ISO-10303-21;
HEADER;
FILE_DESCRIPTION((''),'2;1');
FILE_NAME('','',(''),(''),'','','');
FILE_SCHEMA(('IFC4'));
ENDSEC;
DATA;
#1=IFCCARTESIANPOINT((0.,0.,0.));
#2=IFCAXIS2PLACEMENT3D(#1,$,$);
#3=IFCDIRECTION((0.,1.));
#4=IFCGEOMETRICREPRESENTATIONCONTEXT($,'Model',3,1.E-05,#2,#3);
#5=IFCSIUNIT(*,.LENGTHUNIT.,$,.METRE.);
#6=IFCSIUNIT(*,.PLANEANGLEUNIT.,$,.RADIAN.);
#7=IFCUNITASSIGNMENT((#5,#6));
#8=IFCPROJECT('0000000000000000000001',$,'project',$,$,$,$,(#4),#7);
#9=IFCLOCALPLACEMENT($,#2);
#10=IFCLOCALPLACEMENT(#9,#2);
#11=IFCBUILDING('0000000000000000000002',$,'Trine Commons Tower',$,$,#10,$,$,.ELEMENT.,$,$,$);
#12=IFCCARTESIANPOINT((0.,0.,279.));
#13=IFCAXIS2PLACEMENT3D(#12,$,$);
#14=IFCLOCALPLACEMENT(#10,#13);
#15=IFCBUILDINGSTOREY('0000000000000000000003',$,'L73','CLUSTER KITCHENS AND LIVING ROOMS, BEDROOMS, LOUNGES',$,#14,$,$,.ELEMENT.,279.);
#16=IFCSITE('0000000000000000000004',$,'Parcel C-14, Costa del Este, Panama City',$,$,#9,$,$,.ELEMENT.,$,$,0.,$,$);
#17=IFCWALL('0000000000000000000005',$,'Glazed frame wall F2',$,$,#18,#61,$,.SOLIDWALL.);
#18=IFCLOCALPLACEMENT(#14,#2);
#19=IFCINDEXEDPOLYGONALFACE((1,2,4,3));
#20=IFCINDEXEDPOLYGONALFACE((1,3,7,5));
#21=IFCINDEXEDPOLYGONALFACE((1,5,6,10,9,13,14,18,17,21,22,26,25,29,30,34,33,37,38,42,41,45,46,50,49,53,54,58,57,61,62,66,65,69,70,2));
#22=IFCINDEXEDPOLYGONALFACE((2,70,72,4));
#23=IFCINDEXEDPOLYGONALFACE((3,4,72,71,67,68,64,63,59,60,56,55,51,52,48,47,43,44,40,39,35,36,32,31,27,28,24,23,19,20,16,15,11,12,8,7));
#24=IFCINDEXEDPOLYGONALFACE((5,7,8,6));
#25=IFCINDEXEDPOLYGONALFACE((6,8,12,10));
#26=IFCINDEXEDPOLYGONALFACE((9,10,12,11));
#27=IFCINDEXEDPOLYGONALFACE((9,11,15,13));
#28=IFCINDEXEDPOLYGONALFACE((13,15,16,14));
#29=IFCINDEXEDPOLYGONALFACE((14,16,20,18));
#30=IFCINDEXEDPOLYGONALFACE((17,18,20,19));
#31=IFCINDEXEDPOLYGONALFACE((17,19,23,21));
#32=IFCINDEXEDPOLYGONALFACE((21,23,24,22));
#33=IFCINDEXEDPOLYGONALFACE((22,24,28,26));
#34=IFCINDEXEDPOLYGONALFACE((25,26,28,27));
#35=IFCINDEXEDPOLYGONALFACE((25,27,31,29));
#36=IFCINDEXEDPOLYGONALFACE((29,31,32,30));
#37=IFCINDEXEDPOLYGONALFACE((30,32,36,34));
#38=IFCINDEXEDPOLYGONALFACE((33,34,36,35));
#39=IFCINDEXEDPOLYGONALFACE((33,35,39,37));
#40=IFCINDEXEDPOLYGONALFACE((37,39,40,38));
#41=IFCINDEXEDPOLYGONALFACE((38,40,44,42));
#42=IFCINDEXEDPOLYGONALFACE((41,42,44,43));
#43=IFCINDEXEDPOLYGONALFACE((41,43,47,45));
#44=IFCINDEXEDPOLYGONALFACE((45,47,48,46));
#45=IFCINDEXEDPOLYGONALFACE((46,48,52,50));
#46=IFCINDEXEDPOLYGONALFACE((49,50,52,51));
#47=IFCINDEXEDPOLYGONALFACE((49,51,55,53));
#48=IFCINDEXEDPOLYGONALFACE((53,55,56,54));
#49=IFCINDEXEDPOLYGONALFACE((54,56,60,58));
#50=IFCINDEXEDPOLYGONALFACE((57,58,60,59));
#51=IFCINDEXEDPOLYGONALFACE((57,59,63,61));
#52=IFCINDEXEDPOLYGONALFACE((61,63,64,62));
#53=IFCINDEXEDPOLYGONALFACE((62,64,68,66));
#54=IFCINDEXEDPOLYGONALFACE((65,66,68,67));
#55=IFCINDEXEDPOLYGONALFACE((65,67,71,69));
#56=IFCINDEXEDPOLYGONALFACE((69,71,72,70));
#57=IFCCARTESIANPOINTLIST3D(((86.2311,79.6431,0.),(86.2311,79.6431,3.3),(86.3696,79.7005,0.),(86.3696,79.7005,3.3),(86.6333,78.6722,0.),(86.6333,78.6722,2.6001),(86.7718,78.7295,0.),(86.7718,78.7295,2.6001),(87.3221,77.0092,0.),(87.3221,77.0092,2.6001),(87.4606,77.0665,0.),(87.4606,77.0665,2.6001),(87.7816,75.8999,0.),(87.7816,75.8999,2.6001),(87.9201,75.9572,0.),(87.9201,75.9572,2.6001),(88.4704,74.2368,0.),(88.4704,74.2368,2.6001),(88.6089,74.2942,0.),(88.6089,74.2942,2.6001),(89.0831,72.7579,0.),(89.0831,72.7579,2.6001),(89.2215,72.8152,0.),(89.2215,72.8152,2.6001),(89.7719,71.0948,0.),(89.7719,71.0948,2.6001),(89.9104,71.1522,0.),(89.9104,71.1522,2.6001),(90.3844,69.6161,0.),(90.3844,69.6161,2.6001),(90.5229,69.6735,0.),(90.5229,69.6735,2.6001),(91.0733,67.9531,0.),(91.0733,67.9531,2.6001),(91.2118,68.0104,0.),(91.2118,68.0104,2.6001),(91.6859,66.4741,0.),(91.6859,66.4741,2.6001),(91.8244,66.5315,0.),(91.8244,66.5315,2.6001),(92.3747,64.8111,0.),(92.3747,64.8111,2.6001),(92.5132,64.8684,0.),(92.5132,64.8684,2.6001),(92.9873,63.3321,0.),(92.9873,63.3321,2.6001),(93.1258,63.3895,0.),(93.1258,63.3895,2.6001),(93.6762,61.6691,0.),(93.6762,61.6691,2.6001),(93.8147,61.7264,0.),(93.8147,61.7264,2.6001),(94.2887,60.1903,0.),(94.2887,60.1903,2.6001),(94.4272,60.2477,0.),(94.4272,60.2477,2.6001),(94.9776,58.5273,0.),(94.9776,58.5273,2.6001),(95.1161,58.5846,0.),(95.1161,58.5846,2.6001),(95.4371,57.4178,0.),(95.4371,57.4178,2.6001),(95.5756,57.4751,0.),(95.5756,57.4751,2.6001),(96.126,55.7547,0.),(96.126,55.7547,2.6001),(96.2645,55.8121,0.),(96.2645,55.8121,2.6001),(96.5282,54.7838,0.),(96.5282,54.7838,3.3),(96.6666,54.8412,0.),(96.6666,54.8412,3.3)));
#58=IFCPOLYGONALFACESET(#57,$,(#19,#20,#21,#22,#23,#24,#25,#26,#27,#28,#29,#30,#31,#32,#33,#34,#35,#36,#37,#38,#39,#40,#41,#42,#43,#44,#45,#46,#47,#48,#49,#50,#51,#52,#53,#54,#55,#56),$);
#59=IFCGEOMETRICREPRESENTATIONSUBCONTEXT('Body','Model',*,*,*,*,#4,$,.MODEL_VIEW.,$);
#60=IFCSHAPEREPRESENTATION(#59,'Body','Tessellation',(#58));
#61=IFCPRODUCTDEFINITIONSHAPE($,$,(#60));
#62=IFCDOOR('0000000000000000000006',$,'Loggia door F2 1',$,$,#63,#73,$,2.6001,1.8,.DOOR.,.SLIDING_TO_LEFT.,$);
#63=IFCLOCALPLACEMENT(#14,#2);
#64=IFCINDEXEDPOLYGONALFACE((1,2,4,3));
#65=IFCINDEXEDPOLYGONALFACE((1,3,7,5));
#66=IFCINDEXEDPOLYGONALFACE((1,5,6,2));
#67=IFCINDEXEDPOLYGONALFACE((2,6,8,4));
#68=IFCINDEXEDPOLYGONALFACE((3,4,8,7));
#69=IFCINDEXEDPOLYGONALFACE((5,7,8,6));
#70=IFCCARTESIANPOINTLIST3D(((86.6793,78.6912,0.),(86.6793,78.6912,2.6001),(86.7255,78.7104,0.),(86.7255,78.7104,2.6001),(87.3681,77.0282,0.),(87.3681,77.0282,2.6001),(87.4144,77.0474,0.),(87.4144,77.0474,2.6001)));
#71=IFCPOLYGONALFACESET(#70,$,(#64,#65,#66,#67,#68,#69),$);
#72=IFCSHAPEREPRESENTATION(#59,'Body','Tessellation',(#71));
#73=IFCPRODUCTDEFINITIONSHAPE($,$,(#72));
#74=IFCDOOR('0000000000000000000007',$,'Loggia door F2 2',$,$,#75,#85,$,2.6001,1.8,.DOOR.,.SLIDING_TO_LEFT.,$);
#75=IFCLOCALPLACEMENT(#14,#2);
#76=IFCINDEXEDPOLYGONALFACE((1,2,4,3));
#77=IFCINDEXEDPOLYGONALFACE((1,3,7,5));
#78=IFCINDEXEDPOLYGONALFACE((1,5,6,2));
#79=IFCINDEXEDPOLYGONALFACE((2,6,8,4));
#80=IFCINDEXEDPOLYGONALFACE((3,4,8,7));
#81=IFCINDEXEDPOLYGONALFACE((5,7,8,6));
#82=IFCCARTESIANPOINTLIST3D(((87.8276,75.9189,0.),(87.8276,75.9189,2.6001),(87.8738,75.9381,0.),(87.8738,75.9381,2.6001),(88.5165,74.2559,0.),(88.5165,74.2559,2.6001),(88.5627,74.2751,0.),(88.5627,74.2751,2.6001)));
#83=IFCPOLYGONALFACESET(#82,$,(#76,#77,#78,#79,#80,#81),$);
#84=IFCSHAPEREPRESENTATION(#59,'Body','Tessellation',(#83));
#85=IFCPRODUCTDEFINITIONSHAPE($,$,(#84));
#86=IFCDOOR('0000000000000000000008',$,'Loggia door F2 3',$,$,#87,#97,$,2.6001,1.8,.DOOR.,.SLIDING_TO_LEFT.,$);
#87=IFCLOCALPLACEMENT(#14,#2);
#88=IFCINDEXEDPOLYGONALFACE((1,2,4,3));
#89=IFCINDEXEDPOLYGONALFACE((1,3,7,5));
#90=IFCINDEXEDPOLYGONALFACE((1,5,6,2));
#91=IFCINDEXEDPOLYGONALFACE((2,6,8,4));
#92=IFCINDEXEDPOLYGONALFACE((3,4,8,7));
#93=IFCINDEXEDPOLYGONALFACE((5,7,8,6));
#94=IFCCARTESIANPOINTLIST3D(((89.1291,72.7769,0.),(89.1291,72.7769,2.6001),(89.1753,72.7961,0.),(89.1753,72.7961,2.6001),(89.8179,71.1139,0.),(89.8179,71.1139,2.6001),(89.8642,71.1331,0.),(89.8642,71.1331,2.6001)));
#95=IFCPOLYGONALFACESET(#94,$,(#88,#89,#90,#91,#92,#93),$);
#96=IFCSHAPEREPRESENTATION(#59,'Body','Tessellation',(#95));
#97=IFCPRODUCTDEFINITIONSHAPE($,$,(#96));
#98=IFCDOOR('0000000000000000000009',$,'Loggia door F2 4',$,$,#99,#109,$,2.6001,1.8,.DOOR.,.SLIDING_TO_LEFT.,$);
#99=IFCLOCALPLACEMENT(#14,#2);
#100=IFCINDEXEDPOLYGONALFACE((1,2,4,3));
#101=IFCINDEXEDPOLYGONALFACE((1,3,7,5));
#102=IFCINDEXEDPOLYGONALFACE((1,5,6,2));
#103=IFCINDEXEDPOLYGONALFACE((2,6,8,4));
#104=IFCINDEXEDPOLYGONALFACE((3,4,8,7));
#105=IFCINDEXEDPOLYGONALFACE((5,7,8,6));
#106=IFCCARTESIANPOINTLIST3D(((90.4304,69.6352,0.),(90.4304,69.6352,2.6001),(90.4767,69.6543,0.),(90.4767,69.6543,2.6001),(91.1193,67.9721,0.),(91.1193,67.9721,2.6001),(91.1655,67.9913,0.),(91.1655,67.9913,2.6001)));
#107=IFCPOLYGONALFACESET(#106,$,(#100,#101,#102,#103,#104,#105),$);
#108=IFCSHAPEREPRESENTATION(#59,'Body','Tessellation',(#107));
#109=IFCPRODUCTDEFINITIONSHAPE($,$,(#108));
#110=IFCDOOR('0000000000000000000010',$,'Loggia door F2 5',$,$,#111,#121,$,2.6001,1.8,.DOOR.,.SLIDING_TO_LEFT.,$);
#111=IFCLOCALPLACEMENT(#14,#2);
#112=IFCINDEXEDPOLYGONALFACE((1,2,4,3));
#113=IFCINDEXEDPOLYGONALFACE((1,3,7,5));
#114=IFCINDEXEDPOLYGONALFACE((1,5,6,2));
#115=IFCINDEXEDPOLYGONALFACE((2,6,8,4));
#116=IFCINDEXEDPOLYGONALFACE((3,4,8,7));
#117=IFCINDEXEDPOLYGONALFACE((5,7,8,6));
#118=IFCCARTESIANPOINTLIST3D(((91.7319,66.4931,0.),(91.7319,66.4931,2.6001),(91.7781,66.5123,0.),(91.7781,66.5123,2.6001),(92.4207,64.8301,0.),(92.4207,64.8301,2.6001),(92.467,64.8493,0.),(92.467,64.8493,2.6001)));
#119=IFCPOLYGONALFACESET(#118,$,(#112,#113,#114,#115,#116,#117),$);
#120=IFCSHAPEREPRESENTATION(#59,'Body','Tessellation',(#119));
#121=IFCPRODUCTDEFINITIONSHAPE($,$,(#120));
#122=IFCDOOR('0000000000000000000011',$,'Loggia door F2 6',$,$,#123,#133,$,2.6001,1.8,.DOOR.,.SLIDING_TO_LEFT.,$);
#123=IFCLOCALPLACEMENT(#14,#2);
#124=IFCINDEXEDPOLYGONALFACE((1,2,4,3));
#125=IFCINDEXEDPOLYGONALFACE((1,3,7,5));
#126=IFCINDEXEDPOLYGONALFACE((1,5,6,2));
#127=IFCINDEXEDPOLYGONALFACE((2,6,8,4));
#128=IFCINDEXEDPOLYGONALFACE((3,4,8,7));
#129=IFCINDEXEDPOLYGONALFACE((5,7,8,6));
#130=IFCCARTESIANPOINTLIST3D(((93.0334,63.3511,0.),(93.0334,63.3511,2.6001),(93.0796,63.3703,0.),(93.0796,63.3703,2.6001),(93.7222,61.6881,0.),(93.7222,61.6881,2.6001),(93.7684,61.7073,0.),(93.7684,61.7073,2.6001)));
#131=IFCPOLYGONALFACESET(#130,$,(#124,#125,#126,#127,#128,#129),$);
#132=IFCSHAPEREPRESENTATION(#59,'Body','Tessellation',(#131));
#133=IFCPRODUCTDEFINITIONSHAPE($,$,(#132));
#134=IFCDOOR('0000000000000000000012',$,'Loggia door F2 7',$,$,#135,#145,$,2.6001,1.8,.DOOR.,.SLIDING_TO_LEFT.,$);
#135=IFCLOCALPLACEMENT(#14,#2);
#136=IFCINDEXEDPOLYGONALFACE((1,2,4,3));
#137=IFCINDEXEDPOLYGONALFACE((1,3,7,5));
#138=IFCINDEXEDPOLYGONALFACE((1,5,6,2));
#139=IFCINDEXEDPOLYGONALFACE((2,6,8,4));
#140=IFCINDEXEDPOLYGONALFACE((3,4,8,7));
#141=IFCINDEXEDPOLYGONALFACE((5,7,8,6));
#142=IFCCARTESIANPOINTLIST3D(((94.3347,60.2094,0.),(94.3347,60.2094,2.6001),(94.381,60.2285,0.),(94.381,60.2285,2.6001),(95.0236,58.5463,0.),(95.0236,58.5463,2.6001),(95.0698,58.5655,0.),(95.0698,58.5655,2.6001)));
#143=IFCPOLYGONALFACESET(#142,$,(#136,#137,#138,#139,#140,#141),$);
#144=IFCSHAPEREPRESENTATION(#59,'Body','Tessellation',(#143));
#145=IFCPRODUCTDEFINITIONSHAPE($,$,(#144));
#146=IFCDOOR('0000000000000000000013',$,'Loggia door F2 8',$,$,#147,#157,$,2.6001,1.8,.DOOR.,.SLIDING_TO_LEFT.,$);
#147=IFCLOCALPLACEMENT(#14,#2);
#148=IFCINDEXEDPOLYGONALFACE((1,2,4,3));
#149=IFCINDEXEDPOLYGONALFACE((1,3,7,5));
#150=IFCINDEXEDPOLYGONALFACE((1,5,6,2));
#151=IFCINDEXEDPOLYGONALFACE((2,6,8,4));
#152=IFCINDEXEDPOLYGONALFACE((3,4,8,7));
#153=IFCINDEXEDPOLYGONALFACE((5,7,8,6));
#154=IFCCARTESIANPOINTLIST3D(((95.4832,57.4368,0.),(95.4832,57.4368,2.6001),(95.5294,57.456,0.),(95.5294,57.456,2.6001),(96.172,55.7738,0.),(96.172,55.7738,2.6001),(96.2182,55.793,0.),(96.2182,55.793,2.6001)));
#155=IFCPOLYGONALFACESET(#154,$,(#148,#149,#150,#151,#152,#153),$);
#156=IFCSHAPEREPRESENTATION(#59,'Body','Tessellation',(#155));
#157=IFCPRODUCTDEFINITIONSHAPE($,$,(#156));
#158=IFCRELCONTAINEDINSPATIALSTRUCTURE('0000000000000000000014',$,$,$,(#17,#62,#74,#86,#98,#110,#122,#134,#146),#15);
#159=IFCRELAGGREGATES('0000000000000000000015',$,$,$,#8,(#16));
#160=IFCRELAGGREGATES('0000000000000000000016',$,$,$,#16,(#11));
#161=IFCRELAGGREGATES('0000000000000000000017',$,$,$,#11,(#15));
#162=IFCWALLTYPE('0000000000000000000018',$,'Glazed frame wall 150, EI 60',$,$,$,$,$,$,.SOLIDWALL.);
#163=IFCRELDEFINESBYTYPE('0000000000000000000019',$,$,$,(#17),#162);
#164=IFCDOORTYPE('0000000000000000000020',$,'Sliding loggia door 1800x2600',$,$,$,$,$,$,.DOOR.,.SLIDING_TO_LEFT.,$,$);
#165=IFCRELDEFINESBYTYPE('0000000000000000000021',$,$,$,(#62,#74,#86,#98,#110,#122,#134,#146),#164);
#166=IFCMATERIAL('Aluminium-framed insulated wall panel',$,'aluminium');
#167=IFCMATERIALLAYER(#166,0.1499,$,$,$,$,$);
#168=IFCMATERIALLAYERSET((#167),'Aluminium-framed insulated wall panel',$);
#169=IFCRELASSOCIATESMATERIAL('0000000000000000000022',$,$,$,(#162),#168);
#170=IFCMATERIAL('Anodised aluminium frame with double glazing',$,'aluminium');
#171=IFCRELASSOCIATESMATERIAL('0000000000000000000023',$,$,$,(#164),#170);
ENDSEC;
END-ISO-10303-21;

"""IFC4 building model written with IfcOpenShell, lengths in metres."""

from ifc_helpers import new_model, si_unit, direction, frame, frame_2d, origin, place, context, subcontext, project, spatial, polyline, rectangle, outline, extrude, material, layer, layer_set, type_object, element, fill, save


model = new_model("IFC4")

# Units and contexts
model_context = context("Model", 3, precision=1e-05, world=origin(), true_north=direction((0.0, 1.0)))
body_context = subcontext(model_context, "Body", "Model", "MODEL_VIEW")
ifc_project = project(units=[si_unit("LENGTHUNIT", "METRE"), si_unit("PLANEANGLEUNIT", "RADIAN")], contexts=[model_context])

# Site, building, storey
site_placement = place(None, origin())
site = spatial("IfcSite", under=ifc_project, at=site_placement, Name="Parcel C-14, Costa del Este, Panama City", CompositionType="ELEMENT", RefElevation=0.0)
building_placement = place(site_placement, origin())
building = spatial("IfcBuilding", under=site, at=building_placement, Name="Trine Commons Tower", CompositionType="ELEMENT")
storey_placement = place(building_placement, frame((0.0, 0.0, 279.0)))
storey = spatial("IfcBuildingStorey", under=building, at=storey_placement, Name="L73", Description="CLUSTER KITCHENS AND LIVING ROOMS, BEDROOMS, LOUNGES", CompositionType="ELEMENT", Elevation=279.0)

# Shared definitions
ifc_material_1 = material(Name="Aluminium-framed insulated wall panel", Category="aluminium")
ifc_layer_1 = layer(ifc_material_1, 0.1499)
ifc_layer_set_1 = layer_set([ifc_layer_1], Name="Aluminium-framed insulated wall panel")
wall_type_1 = type_object("IfcWallType", Name="Glazed frame wall 150, EI 60", PredefinedType="SOLIDWALL", material=ifc_layer_set_1)
ifc_material_2 = material(Name="Anodised aluminium frame with double glazing", Category="aluminium")
door_type = type_object("IfcDoorType", Name="Sliding loggia door 1800x2600", OperationType="SLIDING_TO_LEFT", PredefinedType="DOOR", material=ifc_material_2)

# Wall, openings, doors
wall_1_placement = place(storey_placement, frame((86.2432, 79.8098, 0.0), z_axis=(0.0, 0.0, 1.0), x_axis=(0.382684, -0.923879, 0.0)))
wall_1 = element("IfcWall", 1, at=wall_1_placement, inside=storey, type_object=wall_type_1, Name="Glazed frame wall F2", PredefinedType="SOLIDWALL", context=body_context, shape_type="SweptSolid", body=[
    extrude(outline(polyline([(0.1494, 0.075), (0.1494, -0.075), (27.0569, -0.075), (27.0569, 0.075), (0.1494, 0.075)])), origin(), (0.0, 0.0, 1.0), 3.3),
])
opening_1_placement = place(wall_1_placement, frame((1.2004, 0.0, 0.0)))
opening_1 = element("IfcOpeningElement", 2, at=opening_1_placement, cuts=wall_1, PredefinedType="OPENING", context=body_context, shape_type="SweptSolid", body=[
    extrude(rectangle(XDim=1.8, YDim=2.6001, at=frame_2d((0.8999, 1.3))), frame((0.0, 0.085, 0.0), z_axis=(0.0, -1.0, 0.0), x_axis=(1.0, 0.0, 0.0)), (0.0, 0.0, 1.0), 0.1699),
])
opening_2_placement = place(wall_1_placement, frame((4.2012, 0.0, 0.0)))
opening_2 = element("IfcOpeningElement", 3, at=opening_2_placement, cuts=wall_1, PredefinedType="OPENING", context=body_context, shape_type="SweptSolid", body=[
    extrude(rectangle(XDim=1.8, YDim=2.6001, at=frame_2d((0.8999, 1.3))), frame((0.0, 0.085, 0.0), z_axis=(0.0, -1.0, 0.0), x_axis=(1.0, 0.0, 0.0)), (0.0, 0.0, 1.0), 0.1699),
])
opening_3_placement = place(wall_1_placement, frame((7.6021, 0.0, 0.0)))
opening_3 = element("IfcOpeningElement", 4, at=opening_3_placement, cuts=wall_1, PredefinedType="OPENING", context=body_context, shape_type="SweptSolid", body=[
    extrude(rectangle(XDim=1.8, YDim=2.6001, at=frame_2d((0.8999, 1.3))), frame((0.0, 0.085, 0.0), z_axis=(0.0, -1.0, 0.0), x_axis=(1.0, 0.0, 0.0)), (0.0, 0.0, 1.0), 0.1699),
])
opening_4_placement = place(wall_1_placement, frame((11.0027, 0.0, 0.0)))
opening_4 = element("IfcOpeningElement", 5, at=opening_4_placement, cuts=wall_1, PredefinedType="OPENING", context=body_context, shape_type="SweptSolid", body=[
    extrude(rectangle(XDim=1.8, YDim=2.6001, at=frame_2d((0.8999, 1.3))), frame((0.0, 0.085, 0.0), z_axis=(0.0, -1.0, 0.0), x_axis=(1.0, 0.0, 0.0)), (0.0, 0.0, 1.0), 0.1699),
])
opening_5_placement = place(wall_1_placement, frame((14.4036, 0.0, 0.0)))
opening_5 = element("IfcOpeningElement", 6, at=opening_5_placement, cuts=wall_1, PredefinedType="OPENING", context=body_context, shape_type="SweptSolid", body=[
    extrude(rectangle(XDim=1.8, YDim=2.6001, at=frame_2d((0.8999, 1.3))), frame((0.0, 0.085, 0.0), z_axis=(0.0, -1.0, 0.0), x_axis=(1.0, 0.0, 0.0)), (0.0, 0.0, 1.0), 0.1699),
])
opening_6_placement = place(wall_1_placement, frame((17.8044, 0.0, 0.0)))
opening_6 = element("IfcOpeningElement", 7, at=opening_6_placement, cuts=wall_1, PredefinedType="OPENING", context=body_context, shape_type="SweptSolid", body=[
    extrude(rectangle(XDim=1.8, YDim=2.6001, at=frame_2d((0.8999, 1.3))), frame((0.0, 0.085, 0.0), z_axis=(0.0, -1.0, 0.0), x_axis=(1.0, 0.0, 0.0)), (0.0, 0.0, 1.0), 0.1699),
])
opening_7_placement = place(wall_1_placement, frame((21.2051, 0.0, 0.0)))
opening_7 = element("IfcOpeningElement", 8, at=opening_7_placement, cuts=wall_1, PredefinedType="OPENING", context=body_context, shape_type="SweptSolid", body=[
    extrude(rectangle(XDim=1.8, YDim=2.6001, at=frame_2d((0.8999, 1.3))), frame((0.0, 0.085, 0.0), z_axis=(0.0, -1.0, 0.0), x_axis=(1.0, 0.0, 0.0)), (0.0, 0.0, 1.0), 0.1699),
])
opening_8_placement = place(wall_1_placement, frame((24.2061, 0.0, 0.0)))
opening_8 = element("IfcOpeningElement", 9, at=opening_8_placement, cuts=wall_1, PredefinedType="OPENING", context=body_context, shape_type="SweptSolid", body=[
    extrude(rectangle(XDim=1.8, YDim=2.6001, at=frame_2d((0.8999, 1.3))), frame((0.0, 0.085, 0.0), z_axis=(0.0, -1.0, 0.0), x_axis=(1.0, 0.0, 0.0)), (0.0, 0.0, 1.0), 0.1699),
])
door_1_placement = place(opening_1_placement, origin())
door_1 = element("IfcDoor", 10, at=door_1_placement, inside=storey, type_object=door_type, Name="Loggia door F2 1", OperationType="SLIDING_TO_LEFT", OverallHeight=2.6001, OverallWidth=1.8, PredefinedType="DOOR", context=body_context, shape_type="SweptSolid", body=[
    extrude(rectangle(XDim=1.8, YDim=2.6001, at=frame_2d((0.8999, 1.3))), frame((0.0, 0.0249, 0.0), z_axis=(0.0, -1.0, 0.0), x_axis=(1.0, 0.0, 0.0)), (0.0, 0.0, 1.0), 0.05),
])
fill(opening_1, door_1)
door_2_placement = place(opening_2_placement, origin())
door_2 = element("IfcDoor", 11, at=door_2_placement, inside=storey, type_object=door_type, Name="Loggia door F2 2", OperationType="SLIDING_TO_LEFT", OverallHeight=2.6001, OverallWidth=1.8, PredefinedType="DOOR", context=body_context, shape_type="SweptSolid", body=[
    extrude(rectangle(XDim=1.8, YDim=2.6001, at=frame_2d((0.8999, 1.3))), frame((0.0, 0.0249, 0.0), z_axis=(0.0, -1.0, 0.0), x_axis=(1.0, 0.0, 0.0)), (0.0, 0.0, 1.0), 0.05),
])
fill(opening_2, door_2)
door_3_placement = place(opening_3_placement, origin())
door_3 = element("IfcDoor", 12, at=door_3_placement, inside=storey, type_object=door_type, Name="Loggia door F2 3", OperationType="SLIDING_TO_LEFT", OverallHeight=2.6001, OverallWidth=1.8, PredefinedType="DOOR", context=body_context, shape_type="SweptSolid", body=[
    extrude(rectangle(XDim=1.8, YDim=2.6001, at=frame_2d((0.8999, 1.3))), frame((0.0, 0.0249, 0.0), z_axis=(0.0, -1.0, 0.0), x_axis=(1.0, 0.0, 0.0)), (0.0, 0.0, 1.0), 0.05),
])
fill(opening_3, door_3)
door_4_placement = place(opening_4_placement, origin())
door_4 = element("IfcDoor", 13, at=door_4_placement, inside=storey, type_object=door_type, Name="Loggia door F2 4", OperationType="SLIDING_TO_LEFT", OverallHeight=2.6001, OverallWidth=1.8, PredefinedType="DOOR", context=body_context, shape_type="SweptSolid", body=[
    extrude(rectangle(XDim=1.8, YDim=2.6001, at=frame_2d((0.8999, 1.3))), frame((0.0, 0.0249, 0.0), z_axis=(0.0, -1.0, 0.0), x_axis=(1.0, 0.0, 0.0)), (0.0, 0.0, 1.0), 0.05),
])
fill(opening_4, door_4)
door_5_placement = place(opening_5_placement, origin())
door_5 = element("IfcDoor", 14, at=door_5_placement, inside=storey, type_object=door_type, Name="Loggia door F2 5", OperationType="SLIDING_TO_LEFT", OverallHeight=2.6001, OverallWidth=1.8, PredefinedType="DOOR", context=body_context, shape_type="SweptSolid", body=[
    extrude(rectangle(XDim=1.8, YDim=2.6001, at=frame_2d((0.8999, 1.3))), frame((0.0, 0.0249, 0.0), z_axis=(0.0, -1.0, 0.0), x_axis=(1.0, 0.0, 0.0)), (0.0, 0.0, 1.0), 0.05),
])
fill(opening_5, door_5)
door_6_placement = place(opening_6_placement, origin())
door_6 = element("IfcDoor", 15, at=door_6_placement, inside=storey, type_object=door_type, Name="Loggia door F2 6", OperationType="SLIDING_TO_LEFT", OverallHeight=2.6001, OverallWidth=1.8, PredefinedType="DOOR", context=body_context, shape_type="SweptSolid", body=[
    extrude(rectangle(XDim=1.8, YDim=2.6001, at=frame_2d((0.8999, 1.3))), frame((0.0, 0.0249, 0.0), z_axis=(0.0, -1.0, 0.0), x_axis=(1.0, 0.0, 0.0)), (0.0, 0.0, 1.0), 0.05),
])
fill(opening_6, door_6)
door_7_placement = place(opening_7_placement, origin())
door_7 = element("IfcDoor", 16, at=door_7_placement, inside=storey, type_object=door_type, Name="Loggia door F2 7", OperationType="SLIDING_TO_LEFT", OverallHeight=2.6001, OverallWidth=1.8, PredefinedType="DOOR", context=body_context, shape_type="SweptSolid", body=[
    extrude(rectangle(XDim=1.8, YDim=2.6001, at=frame_2d((0.8999, 1.3))), frame((0.0, 0.0249, 0.0), z_axis=(0.0, -1.0, 0.0), x_axis=(1.0, 0.0, 0.0)), (0.0, 0.0, 1.0), 0.05),
])
fill(opening_7, door_7)
door_8_placement = place(opening_8_placement, origin())
door_8 = element("IfcDoor", 17, at=door_8_placement, inside=storey, type_object=door_type, Name="Loggia door F2 8", OperationType="SLIDING_TO_LEFT", OverallHeight=2.6001, OverallWidth=1.8, PredefinedType="DOOR", context=body_context, shape_type="SweptSolid", body=[
    extrude(rectangle(XDim=1.8, YDim=2.6001, at=frame_2d((0.8999, 1.3))), frame((0.0, 0.0249, 0.0), z_axis=(0.0, -1.0, 0.0), x_axis=(1.0, 0.0, 0.0)), (0.0, 0.0, 1.0), 0.05),
])
fill(opening_8, door_8)

save(model, "model.ifc")
